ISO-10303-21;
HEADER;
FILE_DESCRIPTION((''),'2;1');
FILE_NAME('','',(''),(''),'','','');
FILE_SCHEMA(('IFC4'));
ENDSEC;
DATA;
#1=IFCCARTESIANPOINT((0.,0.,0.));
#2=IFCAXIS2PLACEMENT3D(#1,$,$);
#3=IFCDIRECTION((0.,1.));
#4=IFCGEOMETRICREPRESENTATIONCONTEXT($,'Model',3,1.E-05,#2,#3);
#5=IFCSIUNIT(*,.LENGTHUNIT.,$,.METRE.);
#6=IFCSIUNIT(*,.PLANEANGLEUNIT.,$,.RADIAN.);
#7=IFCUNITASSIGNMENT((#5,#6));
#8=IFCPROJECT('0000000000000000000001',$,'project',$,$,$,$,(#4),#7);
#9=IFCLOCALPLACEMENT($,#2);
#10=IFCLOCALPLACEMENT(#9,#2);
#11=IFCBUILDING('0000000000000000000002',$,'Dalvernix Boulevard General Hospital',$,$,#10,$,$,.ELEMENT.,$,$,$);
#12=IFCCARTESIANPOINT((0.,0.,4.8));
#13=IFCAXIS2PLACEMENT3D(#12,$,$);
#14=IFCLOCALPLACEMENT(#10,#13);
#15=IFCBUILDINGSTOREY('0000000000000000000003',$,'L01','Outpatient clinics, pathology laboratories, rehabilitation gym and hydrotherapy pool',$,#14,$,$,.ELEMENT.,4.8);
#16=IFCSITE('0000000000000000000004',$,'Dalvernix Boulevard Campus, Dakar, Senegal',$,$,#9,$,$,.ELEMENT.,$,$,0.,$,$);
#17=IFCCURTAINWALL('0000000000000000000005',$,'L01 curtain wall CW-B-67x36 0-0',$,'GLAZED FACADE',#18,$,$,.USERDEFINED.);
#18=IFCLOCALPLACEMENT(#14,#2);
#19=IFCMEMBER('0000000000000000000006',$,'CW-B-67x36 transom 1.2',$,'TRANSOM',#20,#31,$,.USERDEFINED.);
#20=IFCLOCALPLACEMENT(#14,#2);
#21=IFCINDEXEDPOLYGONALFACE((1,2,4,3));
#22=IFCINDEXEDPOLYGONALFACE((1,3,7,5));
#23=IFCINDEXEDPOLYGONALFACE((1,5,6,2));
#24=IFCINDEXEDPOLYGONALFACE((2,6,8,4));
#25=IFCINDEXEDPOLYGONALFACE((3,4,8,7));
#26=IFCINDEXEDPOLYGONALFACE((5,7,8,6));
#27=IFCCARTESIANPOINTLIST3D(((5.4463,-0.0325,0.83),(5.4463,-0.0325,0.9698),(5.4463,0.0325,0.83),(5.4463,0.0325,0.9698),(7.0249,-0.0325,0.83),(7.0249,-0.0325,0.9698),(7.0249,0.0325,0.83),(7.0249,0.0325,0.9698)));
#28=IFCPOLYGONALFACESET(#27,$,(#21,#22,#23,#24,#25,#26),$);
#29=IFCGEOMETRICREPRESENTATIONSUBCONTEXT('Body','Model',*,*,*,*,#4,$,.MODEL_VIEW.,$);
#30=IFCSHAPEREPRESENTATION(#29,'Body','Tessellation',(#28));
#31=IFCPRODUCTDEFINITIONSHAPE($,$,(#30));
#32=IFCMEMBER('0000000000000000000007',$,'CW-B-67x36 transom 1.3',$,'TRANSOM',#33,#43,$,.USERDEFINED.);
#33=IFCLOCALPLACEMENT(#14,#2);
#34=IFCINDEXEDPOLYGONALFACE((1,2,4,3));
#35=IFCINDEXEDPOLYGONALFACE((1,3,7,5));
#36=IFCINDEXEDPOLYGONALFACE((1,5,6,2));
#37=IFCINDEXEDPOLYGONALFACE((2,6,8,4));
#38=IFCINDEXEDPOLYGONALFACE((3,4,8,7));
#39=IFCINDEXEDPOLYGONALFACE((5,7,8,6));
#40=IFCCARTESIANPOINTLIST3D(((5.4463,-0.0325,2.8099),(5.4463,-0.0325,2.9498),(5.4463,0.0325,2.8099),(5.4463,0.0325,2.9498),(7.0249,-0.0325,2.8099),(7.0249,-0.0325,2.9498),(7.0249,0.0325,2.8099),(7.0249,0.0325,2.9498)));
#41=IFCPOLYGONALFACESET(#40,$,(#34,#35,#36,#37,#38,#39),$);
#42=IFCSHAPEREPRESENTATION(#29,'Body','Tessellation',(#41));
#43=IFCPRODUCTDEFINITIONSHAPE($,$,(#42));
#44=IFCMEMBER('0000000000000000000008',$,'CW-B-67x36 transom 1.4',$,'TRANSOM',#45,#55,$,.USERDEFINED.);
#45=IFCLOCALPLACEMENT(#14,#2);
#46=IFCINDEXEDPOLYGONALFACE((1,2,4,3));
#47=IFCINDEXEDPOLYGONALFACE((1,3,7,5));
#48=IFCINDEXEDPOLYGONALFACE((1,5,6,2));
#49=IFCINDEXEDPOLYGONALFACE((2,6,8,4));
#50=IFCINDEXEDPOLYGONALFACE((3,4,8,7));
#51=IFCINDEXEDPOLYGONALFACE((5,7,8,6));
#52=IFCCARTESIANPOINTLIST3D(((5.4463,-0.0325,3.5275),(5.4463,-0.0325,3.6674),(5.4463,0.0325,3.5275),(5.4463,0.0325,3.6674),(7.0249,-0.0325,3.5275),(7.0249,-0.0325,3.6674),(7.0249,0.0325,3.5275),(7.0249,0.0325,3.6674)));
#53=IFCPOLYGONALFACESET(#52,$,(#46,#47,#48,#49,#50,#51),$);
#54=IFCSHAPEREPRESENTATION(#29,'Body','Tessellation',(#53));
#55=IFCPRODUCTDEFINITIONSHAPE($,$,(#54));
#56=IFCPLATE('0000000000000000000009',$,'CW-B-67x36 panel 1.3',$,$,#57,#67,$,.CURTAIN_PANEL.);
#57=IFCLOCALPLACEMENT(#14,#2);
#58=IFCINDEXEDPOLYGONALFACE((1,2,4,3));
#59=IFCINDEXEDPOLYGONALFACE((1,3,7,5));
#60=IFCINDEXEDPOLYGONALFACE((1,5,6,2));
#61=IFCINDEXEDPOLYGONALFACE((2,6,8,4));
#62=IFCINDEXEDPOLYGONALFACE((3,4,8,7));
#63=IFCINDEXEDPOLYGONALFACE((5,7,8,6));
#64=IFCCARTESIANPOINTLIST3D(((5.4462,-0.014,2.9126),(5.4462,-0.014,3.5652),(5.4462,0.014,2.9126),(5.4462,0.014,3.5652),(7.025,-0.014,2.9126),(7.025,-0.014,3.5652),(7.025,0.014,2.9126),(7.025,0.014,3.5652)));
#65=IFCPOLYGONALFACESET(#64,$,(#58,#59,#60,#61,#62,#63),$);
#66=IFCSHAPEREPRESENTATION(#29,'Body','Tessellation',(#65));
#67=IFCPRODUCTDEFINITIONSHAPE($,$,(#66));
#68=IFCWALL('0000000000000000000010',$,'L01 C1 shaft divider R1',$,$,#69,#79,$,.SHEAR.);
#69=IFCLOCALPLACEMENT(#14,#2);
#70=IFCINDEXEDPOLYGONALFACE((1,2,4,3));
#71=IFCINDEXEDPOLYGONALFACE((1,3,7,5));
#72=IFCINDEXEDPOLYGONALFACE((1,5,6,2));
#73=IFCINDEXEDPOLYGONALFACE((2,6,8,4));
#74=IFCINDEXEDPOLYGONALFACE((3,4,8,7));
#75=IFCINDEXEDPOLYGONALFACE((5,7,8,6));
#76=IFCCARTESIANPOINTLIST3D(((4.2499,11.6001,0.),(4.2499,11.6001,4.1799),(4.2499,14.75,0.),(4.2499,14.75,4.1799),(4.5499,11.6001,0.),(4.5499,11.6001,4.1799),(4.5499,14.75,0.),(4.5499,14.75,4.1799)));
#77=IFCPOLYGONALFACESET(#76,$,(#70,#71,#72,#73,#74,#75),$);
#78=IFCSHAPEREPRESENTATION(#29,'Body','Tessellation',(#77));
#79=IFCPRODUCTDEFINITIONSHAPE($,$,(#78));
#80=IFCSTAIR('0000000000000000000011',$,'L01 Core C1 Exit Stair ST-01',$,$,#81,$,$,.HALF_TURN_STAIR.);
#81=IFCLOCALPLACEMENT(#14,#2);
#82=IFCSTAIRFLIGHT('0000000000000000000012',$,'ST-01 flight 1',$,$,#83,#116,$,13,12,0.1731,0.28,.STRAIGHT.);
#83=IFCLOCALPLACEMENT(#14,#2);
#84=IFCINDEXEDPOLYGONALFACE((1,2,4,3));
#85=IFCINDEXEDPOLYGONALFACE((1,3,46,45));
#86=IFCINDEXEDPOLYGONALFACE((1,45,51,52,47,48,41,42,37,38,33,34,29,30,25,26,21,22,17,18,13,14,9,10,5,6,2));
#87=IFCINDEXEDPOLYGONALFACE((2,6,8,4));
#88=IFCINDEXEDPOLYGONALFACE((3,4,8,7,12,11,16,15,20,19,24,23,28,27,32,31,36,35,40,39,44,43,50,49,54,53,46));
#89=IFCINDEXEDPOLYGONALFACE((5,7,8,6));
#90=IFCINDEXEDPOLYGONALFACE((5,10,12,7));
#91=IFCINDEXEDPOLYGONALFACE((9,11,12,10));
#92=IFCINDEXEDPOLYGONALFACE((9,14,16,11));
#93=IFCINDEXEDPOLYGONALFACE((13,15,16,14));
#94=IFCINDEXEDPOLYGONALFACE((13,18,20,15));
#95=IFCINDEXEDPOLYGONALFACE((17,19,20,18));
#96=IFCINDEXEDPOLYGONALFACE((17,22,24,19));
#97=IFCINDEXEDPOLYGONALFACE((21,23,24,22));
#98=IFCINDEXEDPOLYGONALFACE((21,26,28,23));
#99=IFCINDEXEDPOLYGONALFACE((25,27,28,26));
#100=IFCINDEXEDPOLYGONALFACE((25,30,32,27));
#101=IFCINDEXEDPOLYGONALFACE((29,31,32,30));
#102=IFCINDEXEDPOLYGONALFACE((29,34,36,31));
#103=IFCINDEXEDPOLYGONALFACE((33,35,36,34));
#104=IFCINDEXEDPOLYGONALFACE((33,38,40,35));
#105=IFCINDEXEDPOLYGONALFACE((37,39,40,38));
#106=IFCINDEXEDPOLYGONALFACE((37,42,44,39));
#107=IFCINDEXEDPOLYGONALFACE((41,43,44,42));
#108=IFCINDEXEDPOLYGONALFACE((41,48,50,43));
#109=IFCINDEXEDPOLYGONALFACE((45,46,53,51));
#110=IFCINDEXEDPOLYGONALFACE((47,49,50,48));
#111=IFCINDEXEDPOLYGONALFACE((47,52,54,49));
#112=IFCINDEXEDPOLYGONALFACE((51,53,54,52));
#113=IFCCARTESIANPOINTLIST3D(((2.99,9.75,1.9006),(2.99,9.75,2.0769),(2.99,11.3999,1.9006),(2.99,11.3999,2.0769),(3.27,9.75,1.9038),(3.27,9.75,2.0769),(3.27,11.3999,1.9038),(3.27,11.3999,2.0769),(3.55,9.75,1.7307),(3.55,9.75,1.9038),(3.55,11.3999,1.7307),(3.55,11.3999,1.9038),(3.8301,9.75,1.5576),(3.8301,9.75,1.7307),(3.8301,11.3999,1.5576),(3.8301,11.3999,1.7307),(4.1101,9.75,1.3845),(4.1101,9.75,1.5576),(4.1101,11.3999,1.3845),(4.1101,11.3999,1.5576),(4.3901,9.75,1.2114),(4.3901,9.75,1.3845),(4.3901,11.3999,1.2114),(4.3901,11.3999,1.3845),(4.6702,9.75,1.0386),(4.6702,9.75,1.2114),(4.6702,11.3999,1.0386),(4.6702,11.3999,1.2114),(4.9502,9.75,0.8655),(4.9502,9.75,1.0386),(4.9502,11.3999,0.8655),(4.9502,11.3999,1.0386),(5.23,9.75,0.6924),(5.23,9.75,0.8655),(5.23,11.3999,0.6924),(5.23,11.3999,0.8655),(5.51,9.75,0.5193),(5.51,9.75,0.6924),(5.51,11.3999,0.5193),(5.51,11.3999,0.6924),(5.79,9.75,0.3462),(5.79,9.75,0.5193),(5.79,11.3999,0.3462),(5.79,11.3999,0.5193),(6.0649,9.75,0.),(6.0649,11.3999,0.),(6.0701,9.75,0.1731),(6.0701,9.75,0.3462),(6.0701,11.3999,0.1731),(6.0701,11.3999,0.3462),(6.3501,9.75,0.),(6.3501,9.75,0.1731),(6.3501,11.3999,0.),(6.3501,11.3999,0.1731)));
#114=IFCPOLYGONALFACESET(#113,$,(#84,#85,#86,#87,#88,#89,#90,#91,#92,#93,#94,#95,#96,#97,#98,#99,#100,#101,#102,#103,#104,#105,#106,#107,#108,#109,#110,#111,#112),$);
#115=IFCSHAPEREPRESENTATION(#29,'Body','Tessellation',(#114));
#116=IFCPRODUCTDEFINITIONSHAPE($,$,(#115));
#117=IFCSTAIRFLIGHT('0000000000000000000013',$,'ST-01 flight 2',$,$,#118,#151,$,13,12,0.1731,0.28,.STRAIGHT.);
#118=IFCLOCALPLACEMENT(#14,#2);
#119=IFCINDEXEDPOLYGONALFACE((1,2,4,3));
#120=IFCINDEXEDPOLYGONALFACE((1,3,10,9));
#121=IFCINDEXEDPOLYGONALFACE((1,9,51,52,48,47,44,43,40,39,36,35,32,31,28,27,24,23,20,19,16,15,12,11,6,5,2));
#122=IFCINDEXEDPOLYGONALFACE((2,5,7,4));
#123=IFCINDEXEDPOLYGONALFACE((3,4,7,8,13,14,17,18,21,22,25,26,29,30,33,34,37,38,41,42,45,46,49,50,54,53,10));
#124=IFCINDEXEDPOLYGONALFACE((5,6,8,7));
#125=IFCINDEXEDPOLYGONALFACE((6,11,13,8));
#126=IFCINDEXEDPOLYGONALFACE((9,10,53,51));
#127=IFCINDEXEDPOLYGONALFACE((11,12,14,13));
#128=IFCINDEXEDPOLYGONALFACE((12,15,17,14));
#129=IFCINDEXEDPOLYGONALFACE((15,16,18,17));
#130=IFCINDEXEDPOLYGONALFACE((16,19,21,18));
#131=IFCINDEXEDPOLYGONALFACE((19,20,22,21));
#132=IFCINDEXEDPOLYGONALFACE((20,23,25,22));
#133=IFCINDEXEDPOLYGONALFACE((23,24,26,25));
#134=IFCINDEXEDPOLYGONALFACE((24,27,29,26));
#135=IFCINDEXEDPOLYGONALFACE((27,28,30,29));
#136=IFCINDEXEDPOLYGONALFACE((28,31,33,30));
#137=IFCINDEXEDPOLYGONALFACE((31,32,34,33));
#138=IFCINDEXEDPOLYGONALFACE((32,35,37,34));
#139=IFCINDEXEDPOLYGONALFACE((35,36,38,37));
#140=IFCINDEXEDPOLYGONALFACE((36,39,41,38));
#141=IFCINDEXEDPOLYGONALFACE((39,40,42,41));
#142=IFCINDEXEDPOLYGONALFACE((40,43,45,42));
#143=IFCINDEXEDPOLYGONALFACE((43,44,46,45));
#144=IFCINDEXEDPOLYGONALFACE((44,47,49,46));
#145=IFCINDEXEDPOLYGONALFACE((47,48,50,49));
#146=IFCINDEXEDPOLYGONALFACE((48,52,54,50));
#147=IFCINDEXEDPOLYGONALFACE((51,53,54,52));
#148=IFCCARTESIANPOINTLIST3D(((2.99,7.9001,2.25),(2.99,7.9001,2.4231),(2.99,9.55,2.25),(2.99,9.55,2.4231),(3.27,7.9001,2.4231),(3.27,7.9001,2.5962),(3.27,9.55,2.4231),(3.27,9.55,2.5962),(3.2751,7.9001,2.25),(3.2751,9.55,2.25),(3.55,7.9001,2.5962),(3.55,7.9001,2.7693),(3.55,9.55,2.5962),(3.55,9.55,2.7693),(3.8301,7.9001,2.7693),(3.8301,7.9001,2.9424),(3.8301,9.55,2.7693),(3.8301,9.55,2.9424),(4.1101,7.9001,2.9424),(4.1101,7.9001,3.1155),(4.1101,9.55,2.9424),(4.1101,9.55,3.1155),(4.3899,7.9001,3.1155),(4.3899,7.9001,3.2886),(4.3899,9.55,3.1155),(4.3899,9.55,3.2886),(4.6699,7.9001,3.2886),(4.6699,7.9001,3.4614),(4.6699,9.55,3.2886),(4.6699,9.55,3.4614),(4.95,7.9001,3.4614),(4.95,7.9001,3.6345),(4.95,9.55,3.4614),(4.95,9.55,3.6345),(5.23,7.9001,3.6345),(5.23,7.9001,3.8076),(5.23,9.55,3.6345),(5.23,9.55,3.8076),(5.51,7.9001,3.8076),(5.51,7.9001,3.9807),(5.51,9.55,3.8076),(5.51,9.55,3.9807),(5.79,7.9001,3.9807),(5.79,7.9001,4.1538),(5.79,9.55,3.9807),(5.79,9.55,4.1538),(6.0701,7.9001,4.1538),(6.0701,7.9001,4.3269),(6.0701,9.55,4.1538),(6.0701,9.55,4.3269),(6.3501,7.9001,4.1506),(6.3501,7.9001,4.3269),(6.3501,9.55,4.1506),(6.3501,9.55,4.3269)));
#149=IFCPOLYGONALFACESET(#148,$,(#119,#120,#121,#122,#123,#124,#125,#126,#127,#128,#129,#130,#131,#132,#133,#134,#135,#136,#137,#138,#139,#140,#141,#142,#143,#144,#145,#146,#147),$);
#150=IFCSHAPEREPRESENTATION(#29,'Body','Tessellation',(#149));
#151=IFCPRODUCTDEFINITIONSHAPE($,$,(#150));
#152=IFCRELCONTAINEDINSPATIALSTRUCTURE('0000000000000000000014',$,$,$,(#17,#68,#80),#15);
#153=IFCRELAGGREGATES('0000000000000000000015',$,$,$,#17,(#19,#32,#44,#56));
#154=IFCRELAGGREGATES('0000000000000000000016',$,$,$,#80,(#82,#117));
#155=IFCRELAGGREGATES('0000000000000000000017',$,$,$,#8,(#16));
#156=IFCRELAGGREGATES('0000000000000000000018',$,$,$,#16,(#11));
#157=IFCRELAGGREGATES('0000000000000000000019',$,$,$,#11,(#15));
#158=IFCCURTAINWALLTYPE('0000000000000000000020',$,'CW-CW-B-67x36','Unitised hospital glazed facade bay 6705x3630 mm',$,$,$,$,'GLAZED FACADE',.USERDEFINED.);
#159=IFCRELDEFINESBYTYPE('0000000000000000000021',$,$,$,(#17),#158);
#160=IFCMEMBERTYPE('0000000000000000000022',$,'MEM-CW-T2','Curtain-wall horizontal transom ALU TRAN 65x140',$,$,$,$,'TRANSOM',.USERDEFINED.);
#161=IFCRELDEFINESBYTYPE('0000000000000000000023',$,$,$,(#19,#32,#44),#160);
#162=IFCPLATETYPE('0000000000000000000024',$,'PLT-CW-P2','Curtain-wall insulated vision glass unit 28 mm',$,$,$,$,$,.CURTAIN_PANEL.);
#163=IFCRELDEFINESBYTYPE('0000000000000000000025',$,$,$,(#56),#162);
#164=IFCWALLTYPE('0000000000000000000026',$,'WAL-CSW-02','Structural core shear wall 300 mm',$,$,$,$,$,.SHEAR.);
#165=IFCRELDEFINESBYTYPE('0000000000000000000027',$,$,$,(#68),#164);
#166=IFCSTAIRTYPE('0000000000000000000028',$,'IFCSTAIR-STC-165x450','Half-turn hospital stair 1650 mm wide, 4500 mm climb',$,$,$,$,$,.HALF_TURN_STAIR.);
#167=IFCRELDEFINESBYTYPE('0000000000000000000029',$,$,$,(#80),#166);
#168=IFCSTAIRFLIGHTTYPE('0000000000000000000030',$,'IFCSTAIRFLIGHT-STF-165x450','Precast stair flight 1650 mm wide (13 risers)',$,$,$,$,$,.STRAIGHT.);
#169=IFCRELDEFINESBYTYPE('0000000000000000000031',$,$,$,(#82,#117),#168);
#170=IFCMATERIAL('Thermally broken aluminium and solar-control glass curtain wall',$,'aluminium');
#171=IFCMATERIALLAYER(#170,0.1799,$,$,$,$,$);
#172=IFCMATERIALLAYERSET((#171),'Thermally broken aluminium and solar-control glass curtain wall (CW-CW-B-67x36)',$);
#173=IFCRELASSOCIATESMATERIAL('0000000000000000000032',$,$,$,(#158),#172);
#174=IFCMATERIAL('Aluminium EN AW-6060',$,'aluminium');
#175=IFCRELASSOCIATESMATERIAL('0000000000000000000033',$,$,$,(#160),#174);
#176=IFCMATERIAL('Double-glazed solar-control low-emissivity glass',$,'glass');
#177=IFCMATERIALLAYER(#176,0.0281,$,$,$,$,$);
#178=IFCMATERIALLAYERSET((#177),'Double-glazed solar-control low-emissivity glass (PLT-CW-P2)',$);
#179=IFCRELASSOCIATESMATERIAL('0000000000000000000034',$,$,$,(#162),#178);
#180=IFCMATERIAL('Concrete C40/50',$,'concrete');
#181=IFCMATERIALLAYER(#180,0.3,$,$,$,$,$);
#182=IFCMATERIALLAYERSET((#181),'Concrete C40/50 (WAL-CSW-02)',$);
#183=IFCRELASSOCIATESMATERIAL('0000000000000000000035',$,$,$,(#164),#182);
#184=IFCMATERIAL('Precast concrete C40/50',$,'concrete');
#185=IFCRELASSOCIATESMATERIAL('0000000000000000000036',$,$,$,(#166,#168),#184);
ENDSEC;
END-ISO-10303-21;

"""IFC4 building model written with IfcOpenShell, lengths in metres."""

from ifc_helpers import new_model, si_unit, direction, frame, frame_2d, origin, origin_2d, place, context, subcontext, project, spatial, polyline, rectangle, outline, extrude, material, layer, layer_set, material_profile, profile_set, type_object, element, aggregate, save


model = new_model("IFC4")

# Units and contexts
model_context = context("Model", 3, precision=1e-05, world=origin(), true_north=direction((0.0, 1.0)))
body_context = subcontext(model_context, "Body", "Model", "MODEL_VIEW")
ifc_project = project(units=[si_unit("LENGTHUNIT", "METRE"), si_unit("PLANEANGLEUNIT", "RADIAN")], contexts=[model_context])

# Site, building, storey
site_placement = place(None, origin())
site = spatial("IfcSite", under=ifc_project, at=site_placement, Name="Dalvernix Boulevard Campus, Dakar, Senegal", CompositionType="ELEMENT", RefElevation=0.0)
building_placement = place(site_placement, origin())
building = spatial("IfcBuilding", under=site, at=building_placement, Name="Dalvernix Boulevard General Hospital", CompositionType="ELEMENT")
storey_placement = place(building_placement, frame((0.0, 0.0, 4.8)))
storey = spatial("IfcBuildingStorey", under=building, at=storey_placement, Name="L01", Description="Outpatient clinics, pathology laboratories, rehabilitation gym and hydrotherapy pool", CompositionType="ELEMENT", Elevation=4.8)

# Shared definitions
ifc_material_1 = material(Name="Concrete C40/50", Category="concrete")

# Curtain wall, members, plate
ifc_material_2 = material(Name="Thermally broken aluminium and solar-control glass curtain wall", Category="aluminium")
ifc_layer_1 = layer(ifc_material_2, 0.1799)
ifc_layer_set_1 = layer_set([ifc_layer_1], Name="Thermally broken aluminium and solar-control glass curtain wall (CW-CW-B-67x36)")
curtain_wall_type = type_object("IfcCurtainWallType", Name="CW-CW-B-67x36", Description="Unitised hospital glazed facade bay 6705x3630 mm", ElementType="GLAZED FACADE", PredefinedType="USERDEFINED", material=ifc_layer_set_1)
curtain_wall_placement = place(storey_placement, origin())
curtain_wall = element("IfcCurtainWall", 1, at=curtain_wall_placement, inside=storey, type_object=curtain_wall_type, Name="L01 curtain wall CW-B-67x36 0-0", ObjectType="GLAZED FACADE", PredefinedType="USERDEFINED")
ifc_material_3 = material(Name="Aluminium EN AW-6060", Category="aluminium")
ifc_material_profile_1 = material_profile(ifc_material_3, rectangle(XDim=0.0649, YDim=0.1399, at=origin_2d()), Name="ALU TRAN 65x140")
ifc_profile_set_1 = profile_set([ifc_material_profile_1], Name="Aluminium EN AW-6060")
member_type_1 = type_object("IfcMemberType", Name="MEM-CW-T2", Description="Curtain-wall horizontal transom ALU TRAN 65x140", ElementType="TRANSOM", PredefinedType="USERDEFINED", material=ifc_profile_set_1)
member_1_placement = place(storey_placement, frame((7.0249, 0.0, 0.8999), z_axis=(-1.0, 0.0, 0.0), x_axis=(0.0, -1.0, 0.0)))
member_1 = element("IfcMember", 2, at=member_1_placement, type_object=member_type_1, Name="CW-B-67x36 transom 1.2", ObjectType="TRANSOM", PredefinedType="USERDEFINED", context=body_context, shape_type="SweptSolid", body=[
    extrude(rectangle(XDim=0.0649, YDim=0.1399, at=origin_2d()), origin(), (0.0, 0.0, 1.0), 1.5786),
])
member_2_placement = place(storey_placement, frame((7.0249, 0.0, 2.8799), z_axis=(-1.0, 0.0, 0.0), x_axis=(0.0, -1.0, 0.0)))
member_2 = element("IfcMember", 3, at=member_2_placement, type_object=member_type_1, Name="CW-B-67x36 transom 1.3", ObjectType="TRANSOM", PredefinedType="USERDEFINED", context=body_context, shape_type="SweptSolid", body=[
    extrude(rectangle(XDim=0.0649, YDim=0.1399, at=origin_2d()), origin(), (0.0, 0.0, 1.0), 1.5786),
])
member_3_placement = place(storey_placement, frame((7.0249, 0.0, 3.5974), z_axis=(-1.0, 0.0, 0.0), x_axis=(0.0, -1.0, 0.0)))
member_3 = element("IfcMember", 4, at=member_3_placement, type_object=member_type_1, Name="CW-B-67x36 transom 1.4", ObjectType="TRANSOM", PredefinedType="USERDEFINED", context=body_context, shape_type="SweptSolid", body=[
    extrude(rectangle(XDim=0.0649, YDim=0.1399, at=origin_2d()), origin(), (0.0, 0.0, 1.0), 1.5786),
])
ifc_material_4 = material(Name="Double-glazed solar-control low-emissivity glass", Category="glass")
ifc_layer_2 = layer(ifc_material_4, 0.0281)
ifc_layer_set_2 = layer_set([ifc_layer_2], Name="Double-glazed solar-control low-emissivity glass (PLT-CW-P2)")
plate_type = type_object("IfcPlateType", Name="PLT-CW-P2", Description="Curtain-wall insulated vision glass unit 28 mm", PredefinedType="CURTAIN_PANEL", material=ifc_layer_set_2)
plate_placement = place(storey_placement, frame((6.2356, 0.0, 2.9126), z_axis=(0.0, 0.0, 1.0), x_axis=(-1.0, 0.0, 0.0)))
plate = element("IfcPlate", 5, at=plate_placement, type_object=plate_type, Name="CW-B-67x36 panel 1.3", PredefinedType="CURTAIN_PANEL", context=body_context, shape_type="SweptSolid", body=[
    extrude(rectangle(XDim=1.5789, YDim=0.0281, at=origin_2d()), origin(), (0.0, 0.0, 1.0), 0.6526),
])
aggregate(curtain_wall, [member_1, member_2, member_3, plate])

# Wall
ifc_layer_3 = layer(ifc_material_1, 0.3)
ifc_layer_set_3 = layer_set([ifc_layer_3], Name="Concrete C40/50 (WAL-CSW-02)")
wall_type = type_object("IfcWallType", Name="WAL-CSW-02", Description="Structural core shear wall 300 mm", PredefinedType="SHEAR", material=ifc_layer_set_3)
wall_placement = place(storey_placement, frame((4.3999, 11.6001, 0.0), z_axis=(0.0, 0.0, 1.0), x_axis=(0.0, 1.0, 0.0)))
element("IfcWall", 6, at=wall_placement, inside=storey, type_object=wall_type, Name="L01 C1 shaft divider R1", PredefinedType="SHEAR", context=body_context, shape_type="SweptSolid", body=[
    extrude(rectangle(XDim=3.1499, YDim=0.3, at=frame_2d((1.575, 0.0))), origin(), (0.0, 0.0, 1.0), 4.1799),
])

# Stair, stair flights
ifc_material_5 = material(Name="Precast concrete C40/50", Category="concrete")
stair_type = type_object("IfcStairType", Name="IFCSTAIR-STC-165x450", Description="Half-turn hospital stair 1650 mm wide, 4500 mm climb", PredefinedType="HALF_TURN_STAIR", material=ifc_material_5)
stair_placement = place(storey_placement, origin())
stair = element("IfcStair", 7, at=stair_placement, inside=storey, type_object=stair_type, Name="L01 Core C1 Exit Stair ST-01", PredefinedType="HALF_TURN_STAIR")
stair_flight_type = type_object("IfcStairFlightType", Name="IFCSTAIRFLIGHT-STF-165x450", Description="Precast stair flight 1650 mm wide (13 risers)", PredefinedType="STRAIGHT", material=ifc_material_5)
stair_flight_1_placement = place(storey_placement, frame((6.3501, 10.575, 0.0), z_axis=(0.0, 0.0, 1.0), x_axis=(-1.0, 0.0, 0.0)))
stair_flight_1 = element("IfcStairFlight", 8, at=stair_flight_1_placement, type_object=stair_flight_type, Name="ST-01 flight 1", NumberOfRisers=13, NumberOfTreads=12, PredefinedType="STRAIGHT", RiserHeight=0.1731, TreadLength=0.28, context=body_context, shape_type="SweptSolid", body=[
    extrude(outline(polyline([(0.0, 0.0), (0.0, 0.1731), (0.28, 0.1731), (0.28, 0.3462), (0.5601, 0.3462), (0.5601, 0.5193), (0.8401, 0.5193), (0.8401, 0.6924), (1.1201, 0.6924), (1.1201, 0.8655), (1.3999, 0.8655), (1.3999, 1.0386), (1.6799, 1.0386), (1.6799, 1.2114), (1.96, 1.2114), (1.96, 1.3845), (2.24, 1.3845), (2.24, 1.5576), (2.52, 1.5576), (2.52, 1.7307), (2.8, 1.7307), (2.8, 1.9038), (3.0801, 1.9038), (3.0801, 2.0769), (3.3601, 2.0769), (3.3601, 2.25), (3.3601, 1.9006), (0.2852, 0.0), (0.0, 0.0)])), frame((0.0, 0.825, 0.0), z_axis=(0.0, -1.0, 0.0), x_axis=(1.0, 0.0, 0.0)), (0.0, 0.0, 1.0), 1.6499),
])
stair_flight_2_placement = place(storey_placement, frame((2.99, 8.7251, 2.25), z_axis=(0.0, 0.0, 1.0), x_axis=(1.0, 0.0, 0.0)))
stair_flight_2 = element("IfcStairFlight", 9, at=stair_flight_2_placement, type_object=stair_flight_type, Name="ST-01 flight 2", NumberOfRisers=13, NumberOfTreads=12, PredefinedType="STRAIGHT", RiserHeight=0.1731, TreadLength=0.28, context=body_context, shape_type="SweptSolid", body=[
    extrude(outline(polyline([(0.0, 0.0), (0.0, 0.1731), (0.28, 0.1731), (0.28, 0.3462), (0.5601, 0.3462), (0.5601, 0.5193), (0.8401, 0.5193), (0.8401, 0.6924), (1.1201, 0.6924), (1.1201, 0.8655), (1.3999, 0.8655), (1.3999, 1.0386), (1.6799, 1.0386), (1.6799, 1.2114), (1.96, 1.2114), (1.96, 1.3845), (2.24, 1.3845), (2.24, 1.5576), (2.52, 1.5576), (2.52, 1.7307), (2.8, 1.7307), (2.8, 1.9038), (3.0801, 1.9038), (3.0801, 2.0769), (3.3601, 2.0769), (3.3601, 2.25), (3.3601, 1.9006), (0.2852, 0.0), (0.0, 0.0)])), frame((0.0, 0.825, 0.0), z_axis=(0.0, -1.0, 0.0), x_axis=(1.0, 0.0, 0.0)), (0.0, 0.0, 1.0), 1.6499),
])
aggregate(stair, [stair_flight_1, stair_flight_2])

save(model, "model.ifc")
